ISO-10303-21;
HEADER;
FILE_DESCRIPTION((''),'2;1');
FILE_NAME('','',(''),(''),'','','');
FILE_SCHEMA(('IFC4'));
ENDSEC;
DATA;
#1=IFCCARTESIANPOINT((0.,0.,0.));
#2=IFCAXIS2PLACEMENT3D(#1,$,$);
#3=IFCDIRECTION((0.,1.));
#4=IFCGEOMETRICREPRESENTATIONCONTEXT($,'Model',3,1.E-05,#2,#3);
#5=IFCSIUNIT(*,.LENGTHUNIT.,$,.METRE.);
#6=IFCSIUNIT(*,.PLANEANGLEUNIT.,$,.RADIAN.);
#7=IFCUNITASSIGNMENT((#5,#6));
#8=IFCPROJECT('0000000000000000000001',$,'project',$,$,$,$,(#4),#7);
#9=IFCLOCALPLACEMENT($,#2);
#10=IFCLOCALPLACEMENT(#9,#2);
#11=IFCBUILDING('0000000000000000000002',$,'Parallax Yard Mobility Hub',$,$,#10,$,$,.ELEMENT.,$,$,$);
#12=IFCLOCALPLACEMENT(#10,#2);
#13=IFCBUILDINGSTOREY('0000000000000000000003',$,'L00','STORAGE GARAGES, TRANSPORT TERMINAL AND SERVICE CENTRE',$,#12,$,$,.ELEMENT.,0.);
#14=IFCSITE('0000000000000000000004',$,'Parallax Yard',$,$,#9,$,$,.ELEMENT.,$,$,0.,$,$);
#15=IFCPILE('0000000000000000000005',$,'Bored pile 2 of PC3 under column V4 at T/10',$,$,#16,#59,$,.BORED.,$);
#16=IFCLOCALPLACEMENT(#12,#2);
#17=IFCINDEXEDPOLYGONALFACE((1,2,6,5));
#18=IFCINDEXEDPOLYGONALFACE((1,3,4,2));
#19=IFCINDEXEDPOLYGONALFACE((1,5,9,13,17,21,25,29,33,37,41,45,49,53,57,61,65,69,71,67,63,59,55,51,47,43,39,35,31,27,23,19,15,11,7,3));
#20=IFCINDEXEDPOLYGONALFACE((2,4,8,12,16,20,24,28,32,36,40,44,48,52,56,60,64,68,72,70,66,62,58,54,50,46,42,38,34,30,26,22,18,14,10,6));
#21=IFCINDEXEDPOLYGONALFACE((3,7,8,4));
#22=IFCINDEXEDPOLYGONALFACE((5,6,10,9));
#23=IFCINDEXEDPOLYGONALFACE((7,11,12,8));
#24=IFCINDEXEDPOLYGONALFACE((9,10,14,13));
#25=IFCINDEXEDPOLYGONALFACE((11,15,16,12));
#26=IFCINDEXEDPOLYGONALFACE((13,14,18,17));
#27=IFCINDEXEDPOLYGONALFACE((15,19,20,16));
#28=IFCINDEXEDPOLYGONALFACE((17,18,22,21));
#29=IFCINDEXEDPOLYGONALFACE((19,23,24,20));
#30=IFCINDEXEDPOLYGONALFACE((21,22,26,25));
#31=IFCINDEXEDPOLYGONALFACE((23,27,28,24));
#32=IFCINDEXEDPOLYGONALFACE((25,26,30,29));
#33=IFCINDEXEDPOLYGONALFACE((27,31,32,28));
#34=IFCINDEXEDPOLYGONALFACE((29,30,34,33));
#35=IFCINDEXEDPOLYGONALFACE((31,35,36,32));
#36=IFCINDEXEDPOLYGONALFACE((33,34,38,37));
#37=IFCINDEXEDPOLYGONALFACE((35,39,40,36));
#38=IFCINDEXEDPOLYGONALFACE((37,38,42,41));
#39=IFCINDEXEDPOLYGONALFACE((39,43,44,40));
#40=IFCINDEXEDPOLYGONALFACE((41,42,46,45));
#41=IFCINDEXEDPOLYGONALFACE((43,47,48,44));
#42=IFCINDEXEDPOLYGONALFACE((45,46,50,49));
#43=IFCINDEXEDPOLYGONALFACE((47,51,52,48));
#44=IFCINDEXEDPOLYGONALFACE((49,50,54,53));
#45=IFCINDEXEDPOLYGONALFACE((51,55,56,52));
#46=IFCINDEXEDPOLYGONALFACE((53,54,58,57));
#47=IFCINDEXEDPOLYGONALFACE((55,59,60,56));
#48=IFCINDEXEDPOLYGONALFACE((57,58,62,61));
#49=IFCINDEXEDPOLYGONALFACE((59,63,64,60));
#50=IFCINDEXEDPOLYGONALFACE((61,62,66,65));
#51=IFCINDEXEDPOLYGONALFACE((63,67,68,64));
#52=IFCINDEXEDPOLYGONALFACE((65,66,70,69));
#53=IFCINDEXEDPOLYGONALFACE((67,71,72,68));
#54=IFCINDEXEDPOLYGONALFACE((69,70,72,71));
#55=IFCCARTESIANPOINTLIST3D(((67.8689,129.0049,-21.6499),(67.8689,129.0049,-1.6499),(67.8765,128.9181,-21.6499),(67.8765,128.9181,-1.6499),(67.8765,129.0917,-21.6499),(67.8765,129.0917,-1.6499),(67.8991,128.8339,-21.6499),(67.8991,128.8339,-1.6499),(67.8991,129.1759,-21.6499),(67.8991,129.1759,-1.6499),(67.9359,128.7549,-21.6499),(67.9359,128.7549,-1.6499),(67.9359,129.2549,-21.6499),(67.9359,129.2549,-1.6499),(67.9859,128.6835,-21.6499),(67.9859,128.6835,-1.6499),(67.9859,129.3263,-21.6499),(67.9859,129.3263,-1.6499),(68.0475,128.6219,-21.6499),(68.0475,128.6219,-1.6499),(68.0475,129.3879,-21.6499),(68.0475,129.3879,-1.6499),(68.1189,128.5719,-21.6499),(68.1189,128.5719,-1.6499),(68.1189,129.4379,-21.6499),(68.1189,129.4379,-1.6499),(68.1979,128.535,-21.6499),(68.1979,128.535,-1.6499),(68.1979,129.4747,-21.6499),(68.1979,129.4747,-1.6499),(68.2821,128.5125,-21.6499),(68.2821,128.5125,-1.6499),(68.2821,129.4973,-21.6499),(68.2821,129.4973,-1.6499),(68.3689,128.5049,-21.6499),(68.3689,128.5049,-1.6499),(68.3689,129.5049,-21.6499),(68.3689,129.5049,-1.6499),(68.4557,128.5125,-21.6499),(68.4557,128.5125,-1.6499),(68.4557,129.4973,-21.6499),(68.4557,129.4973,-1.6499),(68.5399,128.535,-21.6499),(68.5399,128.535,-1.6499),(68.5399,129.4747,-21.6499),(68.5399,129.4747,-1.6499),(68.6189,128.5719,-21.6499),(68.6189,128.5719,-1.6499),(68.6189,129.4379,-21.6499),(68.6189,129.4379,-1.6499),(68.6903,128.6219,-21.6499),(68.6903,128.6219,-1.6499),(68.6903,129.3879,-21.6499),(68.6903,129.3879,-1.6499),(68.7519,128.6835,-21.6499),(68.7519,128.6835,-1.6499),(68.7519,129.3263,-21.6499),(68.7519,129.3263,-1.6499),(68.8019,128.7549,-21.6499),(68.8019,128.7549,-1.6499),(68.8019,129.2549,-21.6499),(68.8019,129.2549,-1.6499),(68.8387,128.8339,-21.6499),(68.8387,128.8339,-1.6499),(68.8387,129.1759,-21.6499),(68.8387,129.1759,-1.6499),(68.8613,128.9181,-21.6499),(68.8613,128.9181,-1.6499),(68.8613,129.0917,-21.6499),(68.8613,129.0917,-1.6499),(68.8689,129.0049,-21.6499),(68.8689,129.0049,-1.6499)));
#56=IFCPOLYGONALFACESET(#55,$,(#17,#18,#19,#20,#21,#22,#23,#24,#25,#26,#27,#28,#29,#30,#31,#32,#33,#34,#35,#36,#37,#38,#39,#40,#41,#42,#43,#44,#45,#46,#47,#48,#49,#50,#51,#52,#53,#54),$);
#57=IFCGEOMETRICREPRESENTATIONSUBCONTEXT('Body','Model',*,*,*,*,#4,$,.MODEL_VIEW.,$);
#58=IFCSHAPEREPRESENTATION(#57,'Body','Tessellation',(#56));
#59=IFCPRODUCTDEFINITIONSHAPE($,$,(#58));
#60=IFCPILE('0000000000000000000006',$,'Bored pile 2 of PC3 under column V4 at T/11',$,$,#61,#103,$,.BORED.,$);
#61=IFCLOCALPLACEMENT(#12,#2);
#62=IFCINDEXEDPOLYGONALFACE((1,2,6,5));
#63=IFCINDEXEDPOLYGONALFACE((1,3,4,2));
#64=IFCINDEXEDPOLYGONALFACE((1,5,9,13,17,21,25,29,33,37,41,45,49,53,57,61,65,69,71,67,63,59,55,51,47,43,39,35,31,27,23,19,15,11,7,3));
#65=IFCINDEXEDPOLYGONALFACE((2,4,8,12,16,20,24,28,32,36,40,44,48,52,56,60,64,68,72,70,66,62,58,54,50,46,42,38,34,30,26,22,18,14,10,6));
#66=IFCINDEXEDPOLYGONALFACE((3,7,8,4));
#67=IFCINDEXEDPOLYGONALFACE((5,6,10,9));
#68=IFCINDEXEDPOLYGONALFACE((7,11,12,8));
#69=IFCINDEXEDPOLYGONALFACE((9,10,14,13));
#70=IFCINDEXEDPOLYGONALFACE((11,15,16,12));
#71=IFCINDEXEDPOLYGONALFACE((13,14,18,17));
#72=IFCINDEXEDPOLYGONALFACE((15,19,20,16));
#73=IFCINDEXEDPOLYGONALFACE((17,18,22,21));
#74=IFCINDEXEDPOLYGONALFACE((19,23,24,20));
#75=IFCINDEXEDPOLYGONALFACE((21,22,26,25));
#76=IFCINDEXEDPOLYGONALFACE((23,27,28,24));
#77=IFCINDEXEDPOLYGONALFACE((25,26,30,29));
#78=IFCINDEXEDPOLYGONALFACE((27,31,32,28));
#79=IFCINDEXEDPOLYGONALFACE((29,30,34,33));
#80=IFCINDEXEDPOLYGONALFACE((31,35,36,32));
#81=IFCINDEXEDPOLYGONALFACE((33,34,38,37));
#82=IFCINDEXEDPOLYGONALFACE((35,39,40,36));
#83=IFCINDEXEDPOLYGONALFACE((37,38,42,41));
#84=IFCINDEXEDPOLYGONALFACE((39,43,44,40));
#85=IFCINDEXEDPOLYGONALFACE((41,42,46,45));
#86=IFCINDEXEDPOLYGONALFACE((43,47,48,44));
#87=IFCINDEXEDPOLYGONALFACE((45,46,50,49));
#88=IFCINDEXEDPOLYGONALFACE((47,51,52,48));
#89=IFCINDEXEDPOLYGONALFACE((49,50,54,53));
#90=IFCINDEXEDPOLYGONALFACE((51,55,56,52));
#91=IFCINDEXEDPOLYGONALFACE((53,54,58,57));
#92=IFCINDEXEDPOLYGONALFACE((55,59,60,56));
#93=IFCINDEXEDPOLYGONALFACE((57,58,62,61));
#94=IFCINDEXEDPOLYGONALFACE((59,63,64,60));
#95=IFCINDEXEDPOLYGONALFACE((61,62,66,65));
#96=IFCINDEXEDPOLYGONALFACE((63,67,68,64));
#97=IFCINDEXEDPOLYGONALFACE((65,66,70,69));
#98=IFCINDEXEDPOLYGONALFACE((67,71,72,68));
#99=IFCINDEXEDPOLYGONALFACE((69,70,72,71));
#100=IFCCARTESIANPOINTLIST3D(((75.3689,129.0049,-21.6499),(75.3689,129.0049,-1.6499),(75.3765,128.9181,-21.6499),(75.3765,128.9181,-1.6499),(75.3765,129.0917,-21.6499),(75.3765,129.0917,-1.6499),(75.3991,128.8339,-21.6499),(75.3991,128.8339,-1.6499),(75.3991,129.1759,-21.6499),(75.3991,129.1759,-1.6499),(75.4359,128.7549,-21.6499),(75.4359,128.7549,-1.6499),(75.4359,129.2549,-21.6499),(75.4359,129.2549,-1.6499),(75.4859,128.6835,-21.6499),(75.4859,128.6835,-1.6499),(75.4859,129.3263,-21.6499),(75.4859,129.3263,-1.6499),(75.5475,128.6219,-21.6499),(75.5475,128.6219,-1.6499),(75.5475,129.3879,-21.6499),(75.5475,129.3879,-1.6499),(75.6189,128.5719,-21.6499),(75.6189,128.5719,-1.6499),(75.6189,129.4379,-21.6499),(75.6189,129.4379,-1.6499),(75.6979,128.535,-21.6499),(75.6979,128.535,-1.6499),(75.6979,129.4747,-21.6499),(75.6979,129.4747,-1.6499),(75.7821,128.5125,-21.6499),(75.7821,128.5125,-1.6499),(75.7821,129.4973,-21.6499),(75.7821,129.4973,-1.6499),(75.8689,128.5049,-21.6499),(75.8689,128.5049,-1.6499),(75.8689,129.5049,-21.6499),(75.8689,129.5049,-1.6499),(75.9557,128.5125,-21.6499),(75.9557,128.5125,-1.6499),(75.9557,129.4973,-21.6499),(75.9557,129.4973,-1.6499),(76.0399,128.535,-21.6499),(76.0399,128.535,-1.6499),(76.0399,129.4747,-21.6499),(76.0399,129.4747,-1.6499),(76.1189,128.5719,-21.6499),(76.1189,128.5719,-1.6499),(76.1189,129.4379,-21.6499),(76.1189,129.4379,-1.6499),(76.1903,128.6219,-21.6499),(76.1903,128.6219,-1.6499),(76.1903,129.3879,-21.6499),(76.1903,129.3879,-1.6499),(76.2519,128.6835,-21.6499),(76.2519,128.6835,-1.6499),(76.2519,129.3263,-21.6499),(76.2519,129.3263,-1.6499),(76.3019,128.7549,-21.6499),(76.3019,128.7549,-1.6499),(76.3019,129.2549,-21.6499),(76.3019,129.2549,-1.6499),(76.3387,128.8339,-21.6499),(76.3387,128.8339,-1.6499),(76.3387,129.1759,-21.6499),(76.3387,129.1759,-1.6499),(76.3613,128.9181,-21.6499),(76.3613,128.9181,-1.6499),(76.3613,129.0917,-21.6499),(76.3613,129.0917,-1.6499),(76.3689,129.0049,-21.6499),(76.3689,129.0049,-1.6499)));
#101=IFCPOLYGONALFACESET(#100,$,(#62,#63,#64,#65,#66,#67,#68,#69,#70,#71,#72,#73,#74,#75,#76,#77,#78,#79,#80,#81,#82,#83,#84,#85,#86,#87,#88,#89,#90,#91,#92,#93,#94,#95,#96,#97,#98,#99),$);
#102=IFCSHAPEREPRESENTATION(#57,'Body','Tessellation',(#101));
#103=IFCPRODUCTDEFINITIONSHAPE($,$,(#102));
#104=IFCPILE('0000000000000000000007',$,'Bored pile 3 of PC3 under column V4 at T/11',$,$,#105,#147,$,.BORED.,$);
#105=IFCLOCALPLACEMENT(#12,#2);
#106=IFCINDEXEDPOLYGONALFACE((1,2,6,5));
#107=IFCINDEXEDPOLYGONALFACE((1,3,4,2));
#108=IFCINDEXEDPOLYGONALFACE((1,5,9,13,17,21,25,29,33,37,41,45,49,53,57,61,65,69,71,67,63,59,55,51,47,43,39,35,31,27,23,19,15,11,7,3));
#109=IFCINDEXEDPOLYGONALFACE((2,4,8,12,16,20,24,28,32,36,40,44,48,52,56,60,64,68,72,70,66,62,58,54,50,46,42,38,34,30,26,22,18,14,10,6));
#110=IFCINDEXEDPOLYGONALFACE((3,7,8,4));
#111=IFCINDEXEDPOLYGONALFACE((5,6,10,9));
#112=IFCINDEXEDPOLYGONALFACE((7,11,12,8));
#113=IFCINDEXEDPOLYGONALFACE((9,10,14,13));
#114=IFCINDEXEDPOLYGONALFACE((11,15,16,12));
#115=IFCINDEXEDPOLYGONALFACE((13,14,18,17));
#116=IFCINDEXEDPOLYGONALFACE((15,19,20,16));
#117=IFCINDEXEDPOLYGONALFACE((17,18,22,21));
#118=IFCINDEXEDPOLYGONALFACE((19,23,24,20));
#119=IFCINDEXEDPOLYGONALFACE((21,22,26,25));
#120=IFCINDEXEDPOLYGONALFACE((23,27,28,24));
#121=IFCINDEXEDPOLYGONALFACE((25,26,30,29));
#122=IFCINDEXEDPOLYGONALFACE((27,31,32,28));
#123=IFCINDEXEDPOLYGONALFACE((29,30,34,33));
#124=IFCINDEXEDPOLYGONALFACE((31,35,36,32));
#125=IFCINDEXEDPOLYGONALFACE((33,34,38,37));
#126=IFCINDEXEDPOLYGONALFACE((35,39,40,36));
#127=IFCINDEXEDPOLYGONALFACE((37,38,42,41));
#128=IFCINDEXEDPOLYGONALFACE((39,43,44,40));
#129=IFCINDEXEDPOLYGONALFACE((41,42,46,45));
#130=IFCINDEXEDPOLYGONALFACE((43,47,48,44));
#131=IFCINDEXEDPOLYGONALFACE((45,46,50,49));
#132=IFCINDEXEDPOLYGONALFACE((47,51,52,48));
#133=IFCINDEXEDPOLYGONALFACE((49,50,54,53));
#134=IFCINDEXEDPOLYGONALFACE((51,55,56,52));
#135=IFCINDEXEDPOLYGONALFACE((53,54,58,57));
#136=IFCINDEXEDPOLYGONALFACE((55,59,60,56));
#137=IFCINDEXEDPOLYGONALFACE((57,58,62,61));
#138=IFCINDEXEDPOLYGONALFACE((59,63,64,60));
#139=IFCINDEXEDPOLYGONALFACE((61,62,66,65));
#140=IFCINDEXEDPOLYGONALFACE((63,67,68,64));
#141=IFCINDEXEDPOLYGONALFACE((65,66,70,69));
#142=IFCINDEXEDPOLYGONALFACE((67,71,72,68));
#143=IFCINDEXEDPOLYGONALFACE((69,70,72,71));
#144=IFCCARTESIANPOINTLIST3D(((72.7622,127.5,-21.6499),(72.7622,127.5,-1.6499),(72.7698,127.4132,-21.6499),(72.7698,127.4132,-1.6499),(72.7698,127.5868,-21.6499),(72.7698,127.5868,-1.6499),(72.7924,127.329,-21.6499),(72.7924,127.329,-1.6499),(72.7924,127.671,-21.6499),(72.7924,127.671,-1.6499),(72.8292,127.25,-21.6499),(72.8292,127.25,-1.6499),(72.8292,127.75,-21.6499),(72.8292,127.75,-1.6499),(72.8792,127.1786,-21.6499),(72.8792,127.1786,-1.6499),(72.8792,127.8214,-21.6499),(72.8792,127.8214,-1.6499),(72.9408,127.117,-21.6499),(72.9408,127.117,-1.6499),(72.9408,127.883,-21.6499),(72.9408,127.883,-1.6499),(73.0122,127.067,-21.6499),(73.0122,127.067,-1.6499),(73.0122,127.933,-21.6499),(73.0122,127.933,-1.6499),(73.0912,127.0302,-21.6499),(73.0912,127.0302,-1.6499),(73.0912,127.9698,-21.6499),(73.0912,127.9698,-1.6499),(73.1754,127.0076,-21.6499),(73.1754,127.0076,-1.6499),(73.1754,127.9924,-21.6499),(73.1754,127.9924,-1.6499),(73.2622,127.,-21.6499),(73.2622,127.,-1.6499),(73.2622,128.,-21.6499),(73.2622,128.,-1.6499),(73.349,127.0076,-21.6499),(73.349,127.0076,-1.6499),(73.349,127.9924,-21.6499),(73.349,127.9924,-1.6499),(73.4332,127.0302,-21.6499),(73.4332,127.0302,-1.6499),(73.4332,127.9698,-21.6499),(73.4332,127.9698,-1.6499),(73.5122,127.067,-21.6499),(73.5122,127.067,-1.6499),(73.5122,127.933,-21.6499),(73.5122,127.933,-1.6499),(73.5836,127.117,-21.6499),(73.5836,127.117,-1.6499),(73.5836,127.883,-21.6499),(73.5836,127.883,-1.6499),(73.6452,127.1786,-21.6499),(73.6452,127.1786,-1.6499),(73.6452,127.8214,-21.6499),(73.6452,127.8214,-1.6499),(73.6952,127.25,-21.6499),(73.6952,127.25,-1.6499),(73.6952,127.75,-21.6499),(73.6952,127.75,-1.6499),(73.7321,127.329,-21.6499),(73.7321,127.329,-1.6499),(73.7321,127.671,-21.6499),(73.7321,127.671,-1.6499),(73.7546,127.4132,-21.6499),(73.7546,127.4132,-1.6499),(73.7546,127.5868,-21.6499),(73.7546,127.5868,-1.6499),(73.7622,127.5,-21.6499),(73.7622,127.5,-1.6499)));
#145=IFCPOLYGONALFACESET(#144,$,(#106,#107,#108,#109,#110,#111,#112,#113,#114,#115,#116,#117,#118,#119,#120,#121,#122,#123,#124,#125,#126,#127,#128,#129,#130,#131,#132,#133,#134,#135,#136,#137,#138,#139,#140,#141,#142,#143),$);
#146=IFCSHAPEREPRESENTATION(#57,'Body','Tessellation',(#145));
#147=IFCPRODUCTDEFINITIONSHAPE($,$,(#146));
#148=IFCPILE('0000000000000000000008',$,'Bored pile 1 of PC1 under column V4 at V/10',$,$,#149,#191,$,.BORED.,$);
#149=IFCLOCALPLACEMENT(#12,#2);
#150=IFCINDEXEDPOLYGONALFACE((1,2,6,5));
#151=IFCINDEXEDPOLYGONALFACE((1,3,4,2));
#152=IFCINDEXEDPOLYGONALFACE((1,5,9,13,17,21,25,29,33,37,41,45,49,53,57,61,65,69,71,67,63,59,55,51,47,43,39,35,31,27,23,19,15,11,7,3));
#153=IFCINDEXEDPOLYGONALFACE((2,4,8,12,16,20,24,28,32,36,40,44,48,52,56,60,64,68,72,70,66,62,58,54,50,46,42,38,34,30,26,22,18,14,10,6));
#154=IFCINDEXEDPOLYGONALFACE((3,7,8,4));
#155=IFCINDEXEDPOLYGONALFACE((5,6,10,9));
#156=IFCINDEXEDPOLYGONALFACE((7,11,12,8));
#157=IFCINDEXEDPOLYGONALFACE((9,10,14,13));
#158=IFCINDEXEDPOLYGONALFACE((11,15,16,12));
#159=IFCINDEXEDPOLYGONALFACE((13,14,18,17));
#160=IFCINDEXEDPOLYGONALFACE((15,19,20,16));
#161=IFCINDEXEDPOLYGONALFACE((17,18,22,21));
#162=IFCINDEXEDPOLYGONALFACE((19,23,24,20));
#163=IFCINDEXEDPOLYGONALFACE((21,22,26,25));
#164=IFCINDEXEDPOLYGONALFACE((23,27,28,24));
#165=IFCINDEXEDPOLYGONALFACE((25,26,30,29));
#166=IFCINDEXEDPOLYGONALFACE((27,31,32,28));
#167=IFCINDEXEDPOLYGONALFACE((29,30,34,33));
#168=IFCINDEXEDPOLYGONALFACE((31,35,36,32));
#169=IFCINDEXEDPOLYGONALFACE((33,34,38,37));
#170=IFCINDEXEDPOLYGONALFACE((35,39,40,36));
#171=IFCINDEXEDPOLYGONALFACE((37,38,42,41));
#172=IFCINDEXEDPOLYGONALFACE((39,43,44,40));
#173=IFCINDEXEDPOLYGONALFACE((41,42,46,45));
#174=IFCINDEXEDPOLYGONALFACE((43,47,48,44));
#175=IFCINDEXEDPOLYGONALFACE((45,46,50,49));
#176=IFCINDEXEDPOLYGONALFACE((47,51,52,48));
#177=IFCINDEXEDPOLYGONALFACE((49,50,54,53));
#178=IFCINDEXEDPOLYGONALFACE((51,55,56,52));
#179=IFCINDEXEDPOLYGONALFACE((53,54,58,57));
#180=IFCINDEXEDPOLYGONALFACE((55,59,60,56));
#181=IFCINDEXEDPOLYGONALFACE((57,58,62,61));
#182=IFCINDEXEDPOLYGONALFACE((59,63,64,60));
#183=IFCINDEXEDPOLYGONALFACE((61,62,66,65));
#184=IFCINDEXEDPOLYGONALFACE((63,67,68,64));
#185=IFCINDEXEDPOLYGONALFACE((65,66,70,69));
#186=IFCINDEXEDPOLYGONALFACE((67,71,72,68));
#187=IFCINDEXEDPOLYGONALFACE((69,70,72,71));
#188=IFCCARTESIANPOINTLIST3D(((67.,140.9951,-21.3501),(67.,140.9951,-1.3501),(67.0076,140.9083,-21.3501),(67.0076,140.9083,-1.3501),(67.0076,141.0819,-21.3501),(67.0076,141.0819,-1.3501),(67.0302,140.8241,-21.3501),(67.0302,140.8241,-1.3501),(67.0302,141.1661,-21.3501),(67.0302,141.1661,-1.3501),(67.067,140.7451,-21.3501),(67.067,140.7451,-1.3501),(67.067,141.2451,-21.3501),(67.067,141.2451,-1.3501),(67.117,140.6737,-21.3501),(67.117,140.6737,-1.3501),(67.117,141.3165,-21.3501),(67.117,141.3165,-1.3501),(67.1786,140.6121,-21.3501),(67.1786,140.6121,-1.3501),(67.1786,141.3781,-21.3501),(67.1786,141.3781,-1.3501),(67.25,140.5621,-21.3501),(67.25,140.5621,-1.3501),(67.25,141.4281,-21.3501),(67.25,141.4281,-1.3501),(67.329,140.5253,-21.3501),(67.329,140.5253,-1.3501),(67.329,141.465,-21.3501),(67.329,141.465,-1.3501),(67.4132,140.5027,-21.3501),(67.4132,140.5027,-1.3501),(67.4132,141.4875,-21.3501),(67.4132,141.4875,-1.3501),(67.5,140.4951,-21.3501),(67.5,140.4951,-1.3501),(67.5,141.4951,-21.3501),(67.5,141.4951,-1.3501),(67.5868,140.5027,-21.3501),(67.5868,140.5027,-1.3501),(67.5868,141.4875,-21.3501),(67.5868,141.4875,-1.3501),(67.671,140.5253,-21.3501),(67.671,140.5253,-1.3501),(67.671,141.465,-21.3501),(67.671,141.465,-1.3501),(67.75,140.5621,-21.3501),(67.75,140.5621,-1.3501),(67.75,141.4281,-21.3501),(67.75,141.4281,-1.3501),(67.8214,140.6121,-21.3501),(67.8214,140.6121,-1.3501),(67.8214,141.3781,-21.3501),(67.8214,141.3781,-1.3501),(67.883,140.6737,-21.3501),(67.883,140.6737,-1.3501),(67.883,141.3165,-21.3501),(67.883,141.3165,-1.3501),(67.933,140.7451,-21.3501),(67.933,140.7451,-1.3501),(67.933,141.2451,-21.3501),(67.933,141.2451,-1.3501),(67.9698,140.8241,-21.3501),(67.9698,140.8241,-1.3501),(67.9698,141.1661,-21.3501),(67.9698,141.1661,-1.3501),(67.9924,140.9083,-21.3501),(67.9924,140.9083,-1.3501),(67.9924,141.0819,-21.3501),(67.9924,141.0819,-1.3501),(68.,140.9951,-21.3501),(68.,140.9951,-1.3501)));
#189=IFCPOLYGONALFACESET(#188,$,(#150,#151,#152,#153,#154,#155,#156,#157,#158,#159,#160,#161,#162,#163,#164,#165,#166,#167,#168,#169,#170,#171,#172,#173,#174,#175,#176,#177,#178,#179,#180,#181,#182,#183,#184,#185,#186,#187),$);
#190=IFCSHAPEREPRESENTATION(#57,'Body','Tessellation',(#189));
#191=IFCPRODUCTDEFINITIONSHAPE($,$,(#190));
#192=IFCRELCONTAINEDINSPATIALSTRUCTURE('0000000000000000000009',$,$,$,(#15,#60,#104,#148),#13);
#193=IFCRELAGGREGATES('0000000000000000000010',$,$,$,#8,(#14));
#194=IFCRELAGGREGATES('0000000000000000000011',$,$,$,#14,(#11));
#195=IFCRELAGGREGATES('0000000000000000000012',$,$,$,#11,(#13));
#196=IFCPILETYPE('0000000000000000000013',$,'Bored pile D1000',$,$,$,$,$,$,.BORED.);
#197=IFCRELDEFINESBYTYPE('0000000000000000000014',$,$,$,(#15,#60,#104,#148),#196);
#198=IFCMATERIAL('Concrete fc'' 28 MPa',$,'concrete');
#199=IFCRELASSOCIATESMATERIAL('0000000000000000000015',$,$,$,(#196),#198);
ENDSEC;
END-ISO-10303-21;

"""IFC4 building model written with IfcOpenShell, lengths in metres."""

from ifc_helpers import new_model, si_unit, direction, frame, origin, origin_2d, place, context, subcontext, project, spatial, circle, extrude, material, material_profile, profile_set, type_object, element, save


model = new_model("IFC4")

# Units and contexts
model_context = context("Model", 3, precision=1e-05, world=origin(), true_north=direction((0.0, 1.0)))
body_context = subcontext(model_context, "Body", "Model", "MODEL_VIEW")
ifc_project = project(units=[si_unit("LENGTHUNIT", "METRE"), si_unit("PLANEANGLEUNIT", "RADIAN")], contexts=[model_context])

# Site, building, storey
site_placement = place(None, origin())
site = spatial("IfcSite", under=ifc_project, at=site_placement, Name="Parallax Yard", CompositionType="ELEMENT", RefElevation=0.0)
building_placement = place(site_placement, origin())
building = spatial("IfcBuilding", under=site, at=building_placement, Name="Parallax Yard Mobility Hub", CompositionType="ELEMENT")
storey_placement = place(building_placement, origin())
storey = spatial("IfcBuildingStorey", under=building, at=storey_placement, Name="L00", Description="STORAGE GARAGES, TRANSPORT TERMINAL AND SERVICE CENTRE", CompositionType="ELEMENT", Elevation=0.0)

# Piles
ifc_material_1 = material(Name="Concrete fc' 28 MPa", Category="concrete")
ifc_material_profile_1 = material_profile(ifc_material_1, circle(Radius=0.5, at=origin_2d()), Name="Bored pile D1000")
ifc_profile_set_1 = profile_set([ifc_material_profile_1], Name="Concrete fc' 28 MPa")
pile_type = type_object("IfcPileType", Name="Bored pile D1000", PredefinedType="BORED", material=ifc_profile_set_1)
for number, where, z_axis, x_axis, name in (
    (1, (68.3689, 129.0049, -1.6499), (0.0, 0.0, -1.0), (1.0, 0.0, 0.0), "Bored pile 2 of PC3 under column V4 at T/10"),
    (2, (75.8689, 129.0049, -1.6499), (0.0, 0.0, -1.0), (1.0, 0.0, 0.0), "Bored pile 2 of PC3 under column V4 at T/11"),
    (3, (73.2622, 127.5, -1.6499), (0.0, 0.0, -1.0), (1.0, 0.0, 0.0), "Bored pile 3 of PC3 under column V4 at T/11"),
    (4, (67.5, 140.9951, -1.3501), (0.0, 0.0, -1.0), (1.0, 0.0, 0.0), "Bored pile 1 of PC1 under column V4 at V/10"),
):
    element("IfcPile", number, at=place(storey_placement, frame(where, z_axis=z_axis, x_axis=x_axis)), inside=storey, type_object=pile_type, Name=name, PredefinedType="BORED", context=body_context, shape_type="SweptSolid", body=[
        extrude(circle(Radius=0.5, at=origin_2d()), origin(), (0.0, 0.0, 1.0), 20.0),
    ])

save(model, "model.ifc")
